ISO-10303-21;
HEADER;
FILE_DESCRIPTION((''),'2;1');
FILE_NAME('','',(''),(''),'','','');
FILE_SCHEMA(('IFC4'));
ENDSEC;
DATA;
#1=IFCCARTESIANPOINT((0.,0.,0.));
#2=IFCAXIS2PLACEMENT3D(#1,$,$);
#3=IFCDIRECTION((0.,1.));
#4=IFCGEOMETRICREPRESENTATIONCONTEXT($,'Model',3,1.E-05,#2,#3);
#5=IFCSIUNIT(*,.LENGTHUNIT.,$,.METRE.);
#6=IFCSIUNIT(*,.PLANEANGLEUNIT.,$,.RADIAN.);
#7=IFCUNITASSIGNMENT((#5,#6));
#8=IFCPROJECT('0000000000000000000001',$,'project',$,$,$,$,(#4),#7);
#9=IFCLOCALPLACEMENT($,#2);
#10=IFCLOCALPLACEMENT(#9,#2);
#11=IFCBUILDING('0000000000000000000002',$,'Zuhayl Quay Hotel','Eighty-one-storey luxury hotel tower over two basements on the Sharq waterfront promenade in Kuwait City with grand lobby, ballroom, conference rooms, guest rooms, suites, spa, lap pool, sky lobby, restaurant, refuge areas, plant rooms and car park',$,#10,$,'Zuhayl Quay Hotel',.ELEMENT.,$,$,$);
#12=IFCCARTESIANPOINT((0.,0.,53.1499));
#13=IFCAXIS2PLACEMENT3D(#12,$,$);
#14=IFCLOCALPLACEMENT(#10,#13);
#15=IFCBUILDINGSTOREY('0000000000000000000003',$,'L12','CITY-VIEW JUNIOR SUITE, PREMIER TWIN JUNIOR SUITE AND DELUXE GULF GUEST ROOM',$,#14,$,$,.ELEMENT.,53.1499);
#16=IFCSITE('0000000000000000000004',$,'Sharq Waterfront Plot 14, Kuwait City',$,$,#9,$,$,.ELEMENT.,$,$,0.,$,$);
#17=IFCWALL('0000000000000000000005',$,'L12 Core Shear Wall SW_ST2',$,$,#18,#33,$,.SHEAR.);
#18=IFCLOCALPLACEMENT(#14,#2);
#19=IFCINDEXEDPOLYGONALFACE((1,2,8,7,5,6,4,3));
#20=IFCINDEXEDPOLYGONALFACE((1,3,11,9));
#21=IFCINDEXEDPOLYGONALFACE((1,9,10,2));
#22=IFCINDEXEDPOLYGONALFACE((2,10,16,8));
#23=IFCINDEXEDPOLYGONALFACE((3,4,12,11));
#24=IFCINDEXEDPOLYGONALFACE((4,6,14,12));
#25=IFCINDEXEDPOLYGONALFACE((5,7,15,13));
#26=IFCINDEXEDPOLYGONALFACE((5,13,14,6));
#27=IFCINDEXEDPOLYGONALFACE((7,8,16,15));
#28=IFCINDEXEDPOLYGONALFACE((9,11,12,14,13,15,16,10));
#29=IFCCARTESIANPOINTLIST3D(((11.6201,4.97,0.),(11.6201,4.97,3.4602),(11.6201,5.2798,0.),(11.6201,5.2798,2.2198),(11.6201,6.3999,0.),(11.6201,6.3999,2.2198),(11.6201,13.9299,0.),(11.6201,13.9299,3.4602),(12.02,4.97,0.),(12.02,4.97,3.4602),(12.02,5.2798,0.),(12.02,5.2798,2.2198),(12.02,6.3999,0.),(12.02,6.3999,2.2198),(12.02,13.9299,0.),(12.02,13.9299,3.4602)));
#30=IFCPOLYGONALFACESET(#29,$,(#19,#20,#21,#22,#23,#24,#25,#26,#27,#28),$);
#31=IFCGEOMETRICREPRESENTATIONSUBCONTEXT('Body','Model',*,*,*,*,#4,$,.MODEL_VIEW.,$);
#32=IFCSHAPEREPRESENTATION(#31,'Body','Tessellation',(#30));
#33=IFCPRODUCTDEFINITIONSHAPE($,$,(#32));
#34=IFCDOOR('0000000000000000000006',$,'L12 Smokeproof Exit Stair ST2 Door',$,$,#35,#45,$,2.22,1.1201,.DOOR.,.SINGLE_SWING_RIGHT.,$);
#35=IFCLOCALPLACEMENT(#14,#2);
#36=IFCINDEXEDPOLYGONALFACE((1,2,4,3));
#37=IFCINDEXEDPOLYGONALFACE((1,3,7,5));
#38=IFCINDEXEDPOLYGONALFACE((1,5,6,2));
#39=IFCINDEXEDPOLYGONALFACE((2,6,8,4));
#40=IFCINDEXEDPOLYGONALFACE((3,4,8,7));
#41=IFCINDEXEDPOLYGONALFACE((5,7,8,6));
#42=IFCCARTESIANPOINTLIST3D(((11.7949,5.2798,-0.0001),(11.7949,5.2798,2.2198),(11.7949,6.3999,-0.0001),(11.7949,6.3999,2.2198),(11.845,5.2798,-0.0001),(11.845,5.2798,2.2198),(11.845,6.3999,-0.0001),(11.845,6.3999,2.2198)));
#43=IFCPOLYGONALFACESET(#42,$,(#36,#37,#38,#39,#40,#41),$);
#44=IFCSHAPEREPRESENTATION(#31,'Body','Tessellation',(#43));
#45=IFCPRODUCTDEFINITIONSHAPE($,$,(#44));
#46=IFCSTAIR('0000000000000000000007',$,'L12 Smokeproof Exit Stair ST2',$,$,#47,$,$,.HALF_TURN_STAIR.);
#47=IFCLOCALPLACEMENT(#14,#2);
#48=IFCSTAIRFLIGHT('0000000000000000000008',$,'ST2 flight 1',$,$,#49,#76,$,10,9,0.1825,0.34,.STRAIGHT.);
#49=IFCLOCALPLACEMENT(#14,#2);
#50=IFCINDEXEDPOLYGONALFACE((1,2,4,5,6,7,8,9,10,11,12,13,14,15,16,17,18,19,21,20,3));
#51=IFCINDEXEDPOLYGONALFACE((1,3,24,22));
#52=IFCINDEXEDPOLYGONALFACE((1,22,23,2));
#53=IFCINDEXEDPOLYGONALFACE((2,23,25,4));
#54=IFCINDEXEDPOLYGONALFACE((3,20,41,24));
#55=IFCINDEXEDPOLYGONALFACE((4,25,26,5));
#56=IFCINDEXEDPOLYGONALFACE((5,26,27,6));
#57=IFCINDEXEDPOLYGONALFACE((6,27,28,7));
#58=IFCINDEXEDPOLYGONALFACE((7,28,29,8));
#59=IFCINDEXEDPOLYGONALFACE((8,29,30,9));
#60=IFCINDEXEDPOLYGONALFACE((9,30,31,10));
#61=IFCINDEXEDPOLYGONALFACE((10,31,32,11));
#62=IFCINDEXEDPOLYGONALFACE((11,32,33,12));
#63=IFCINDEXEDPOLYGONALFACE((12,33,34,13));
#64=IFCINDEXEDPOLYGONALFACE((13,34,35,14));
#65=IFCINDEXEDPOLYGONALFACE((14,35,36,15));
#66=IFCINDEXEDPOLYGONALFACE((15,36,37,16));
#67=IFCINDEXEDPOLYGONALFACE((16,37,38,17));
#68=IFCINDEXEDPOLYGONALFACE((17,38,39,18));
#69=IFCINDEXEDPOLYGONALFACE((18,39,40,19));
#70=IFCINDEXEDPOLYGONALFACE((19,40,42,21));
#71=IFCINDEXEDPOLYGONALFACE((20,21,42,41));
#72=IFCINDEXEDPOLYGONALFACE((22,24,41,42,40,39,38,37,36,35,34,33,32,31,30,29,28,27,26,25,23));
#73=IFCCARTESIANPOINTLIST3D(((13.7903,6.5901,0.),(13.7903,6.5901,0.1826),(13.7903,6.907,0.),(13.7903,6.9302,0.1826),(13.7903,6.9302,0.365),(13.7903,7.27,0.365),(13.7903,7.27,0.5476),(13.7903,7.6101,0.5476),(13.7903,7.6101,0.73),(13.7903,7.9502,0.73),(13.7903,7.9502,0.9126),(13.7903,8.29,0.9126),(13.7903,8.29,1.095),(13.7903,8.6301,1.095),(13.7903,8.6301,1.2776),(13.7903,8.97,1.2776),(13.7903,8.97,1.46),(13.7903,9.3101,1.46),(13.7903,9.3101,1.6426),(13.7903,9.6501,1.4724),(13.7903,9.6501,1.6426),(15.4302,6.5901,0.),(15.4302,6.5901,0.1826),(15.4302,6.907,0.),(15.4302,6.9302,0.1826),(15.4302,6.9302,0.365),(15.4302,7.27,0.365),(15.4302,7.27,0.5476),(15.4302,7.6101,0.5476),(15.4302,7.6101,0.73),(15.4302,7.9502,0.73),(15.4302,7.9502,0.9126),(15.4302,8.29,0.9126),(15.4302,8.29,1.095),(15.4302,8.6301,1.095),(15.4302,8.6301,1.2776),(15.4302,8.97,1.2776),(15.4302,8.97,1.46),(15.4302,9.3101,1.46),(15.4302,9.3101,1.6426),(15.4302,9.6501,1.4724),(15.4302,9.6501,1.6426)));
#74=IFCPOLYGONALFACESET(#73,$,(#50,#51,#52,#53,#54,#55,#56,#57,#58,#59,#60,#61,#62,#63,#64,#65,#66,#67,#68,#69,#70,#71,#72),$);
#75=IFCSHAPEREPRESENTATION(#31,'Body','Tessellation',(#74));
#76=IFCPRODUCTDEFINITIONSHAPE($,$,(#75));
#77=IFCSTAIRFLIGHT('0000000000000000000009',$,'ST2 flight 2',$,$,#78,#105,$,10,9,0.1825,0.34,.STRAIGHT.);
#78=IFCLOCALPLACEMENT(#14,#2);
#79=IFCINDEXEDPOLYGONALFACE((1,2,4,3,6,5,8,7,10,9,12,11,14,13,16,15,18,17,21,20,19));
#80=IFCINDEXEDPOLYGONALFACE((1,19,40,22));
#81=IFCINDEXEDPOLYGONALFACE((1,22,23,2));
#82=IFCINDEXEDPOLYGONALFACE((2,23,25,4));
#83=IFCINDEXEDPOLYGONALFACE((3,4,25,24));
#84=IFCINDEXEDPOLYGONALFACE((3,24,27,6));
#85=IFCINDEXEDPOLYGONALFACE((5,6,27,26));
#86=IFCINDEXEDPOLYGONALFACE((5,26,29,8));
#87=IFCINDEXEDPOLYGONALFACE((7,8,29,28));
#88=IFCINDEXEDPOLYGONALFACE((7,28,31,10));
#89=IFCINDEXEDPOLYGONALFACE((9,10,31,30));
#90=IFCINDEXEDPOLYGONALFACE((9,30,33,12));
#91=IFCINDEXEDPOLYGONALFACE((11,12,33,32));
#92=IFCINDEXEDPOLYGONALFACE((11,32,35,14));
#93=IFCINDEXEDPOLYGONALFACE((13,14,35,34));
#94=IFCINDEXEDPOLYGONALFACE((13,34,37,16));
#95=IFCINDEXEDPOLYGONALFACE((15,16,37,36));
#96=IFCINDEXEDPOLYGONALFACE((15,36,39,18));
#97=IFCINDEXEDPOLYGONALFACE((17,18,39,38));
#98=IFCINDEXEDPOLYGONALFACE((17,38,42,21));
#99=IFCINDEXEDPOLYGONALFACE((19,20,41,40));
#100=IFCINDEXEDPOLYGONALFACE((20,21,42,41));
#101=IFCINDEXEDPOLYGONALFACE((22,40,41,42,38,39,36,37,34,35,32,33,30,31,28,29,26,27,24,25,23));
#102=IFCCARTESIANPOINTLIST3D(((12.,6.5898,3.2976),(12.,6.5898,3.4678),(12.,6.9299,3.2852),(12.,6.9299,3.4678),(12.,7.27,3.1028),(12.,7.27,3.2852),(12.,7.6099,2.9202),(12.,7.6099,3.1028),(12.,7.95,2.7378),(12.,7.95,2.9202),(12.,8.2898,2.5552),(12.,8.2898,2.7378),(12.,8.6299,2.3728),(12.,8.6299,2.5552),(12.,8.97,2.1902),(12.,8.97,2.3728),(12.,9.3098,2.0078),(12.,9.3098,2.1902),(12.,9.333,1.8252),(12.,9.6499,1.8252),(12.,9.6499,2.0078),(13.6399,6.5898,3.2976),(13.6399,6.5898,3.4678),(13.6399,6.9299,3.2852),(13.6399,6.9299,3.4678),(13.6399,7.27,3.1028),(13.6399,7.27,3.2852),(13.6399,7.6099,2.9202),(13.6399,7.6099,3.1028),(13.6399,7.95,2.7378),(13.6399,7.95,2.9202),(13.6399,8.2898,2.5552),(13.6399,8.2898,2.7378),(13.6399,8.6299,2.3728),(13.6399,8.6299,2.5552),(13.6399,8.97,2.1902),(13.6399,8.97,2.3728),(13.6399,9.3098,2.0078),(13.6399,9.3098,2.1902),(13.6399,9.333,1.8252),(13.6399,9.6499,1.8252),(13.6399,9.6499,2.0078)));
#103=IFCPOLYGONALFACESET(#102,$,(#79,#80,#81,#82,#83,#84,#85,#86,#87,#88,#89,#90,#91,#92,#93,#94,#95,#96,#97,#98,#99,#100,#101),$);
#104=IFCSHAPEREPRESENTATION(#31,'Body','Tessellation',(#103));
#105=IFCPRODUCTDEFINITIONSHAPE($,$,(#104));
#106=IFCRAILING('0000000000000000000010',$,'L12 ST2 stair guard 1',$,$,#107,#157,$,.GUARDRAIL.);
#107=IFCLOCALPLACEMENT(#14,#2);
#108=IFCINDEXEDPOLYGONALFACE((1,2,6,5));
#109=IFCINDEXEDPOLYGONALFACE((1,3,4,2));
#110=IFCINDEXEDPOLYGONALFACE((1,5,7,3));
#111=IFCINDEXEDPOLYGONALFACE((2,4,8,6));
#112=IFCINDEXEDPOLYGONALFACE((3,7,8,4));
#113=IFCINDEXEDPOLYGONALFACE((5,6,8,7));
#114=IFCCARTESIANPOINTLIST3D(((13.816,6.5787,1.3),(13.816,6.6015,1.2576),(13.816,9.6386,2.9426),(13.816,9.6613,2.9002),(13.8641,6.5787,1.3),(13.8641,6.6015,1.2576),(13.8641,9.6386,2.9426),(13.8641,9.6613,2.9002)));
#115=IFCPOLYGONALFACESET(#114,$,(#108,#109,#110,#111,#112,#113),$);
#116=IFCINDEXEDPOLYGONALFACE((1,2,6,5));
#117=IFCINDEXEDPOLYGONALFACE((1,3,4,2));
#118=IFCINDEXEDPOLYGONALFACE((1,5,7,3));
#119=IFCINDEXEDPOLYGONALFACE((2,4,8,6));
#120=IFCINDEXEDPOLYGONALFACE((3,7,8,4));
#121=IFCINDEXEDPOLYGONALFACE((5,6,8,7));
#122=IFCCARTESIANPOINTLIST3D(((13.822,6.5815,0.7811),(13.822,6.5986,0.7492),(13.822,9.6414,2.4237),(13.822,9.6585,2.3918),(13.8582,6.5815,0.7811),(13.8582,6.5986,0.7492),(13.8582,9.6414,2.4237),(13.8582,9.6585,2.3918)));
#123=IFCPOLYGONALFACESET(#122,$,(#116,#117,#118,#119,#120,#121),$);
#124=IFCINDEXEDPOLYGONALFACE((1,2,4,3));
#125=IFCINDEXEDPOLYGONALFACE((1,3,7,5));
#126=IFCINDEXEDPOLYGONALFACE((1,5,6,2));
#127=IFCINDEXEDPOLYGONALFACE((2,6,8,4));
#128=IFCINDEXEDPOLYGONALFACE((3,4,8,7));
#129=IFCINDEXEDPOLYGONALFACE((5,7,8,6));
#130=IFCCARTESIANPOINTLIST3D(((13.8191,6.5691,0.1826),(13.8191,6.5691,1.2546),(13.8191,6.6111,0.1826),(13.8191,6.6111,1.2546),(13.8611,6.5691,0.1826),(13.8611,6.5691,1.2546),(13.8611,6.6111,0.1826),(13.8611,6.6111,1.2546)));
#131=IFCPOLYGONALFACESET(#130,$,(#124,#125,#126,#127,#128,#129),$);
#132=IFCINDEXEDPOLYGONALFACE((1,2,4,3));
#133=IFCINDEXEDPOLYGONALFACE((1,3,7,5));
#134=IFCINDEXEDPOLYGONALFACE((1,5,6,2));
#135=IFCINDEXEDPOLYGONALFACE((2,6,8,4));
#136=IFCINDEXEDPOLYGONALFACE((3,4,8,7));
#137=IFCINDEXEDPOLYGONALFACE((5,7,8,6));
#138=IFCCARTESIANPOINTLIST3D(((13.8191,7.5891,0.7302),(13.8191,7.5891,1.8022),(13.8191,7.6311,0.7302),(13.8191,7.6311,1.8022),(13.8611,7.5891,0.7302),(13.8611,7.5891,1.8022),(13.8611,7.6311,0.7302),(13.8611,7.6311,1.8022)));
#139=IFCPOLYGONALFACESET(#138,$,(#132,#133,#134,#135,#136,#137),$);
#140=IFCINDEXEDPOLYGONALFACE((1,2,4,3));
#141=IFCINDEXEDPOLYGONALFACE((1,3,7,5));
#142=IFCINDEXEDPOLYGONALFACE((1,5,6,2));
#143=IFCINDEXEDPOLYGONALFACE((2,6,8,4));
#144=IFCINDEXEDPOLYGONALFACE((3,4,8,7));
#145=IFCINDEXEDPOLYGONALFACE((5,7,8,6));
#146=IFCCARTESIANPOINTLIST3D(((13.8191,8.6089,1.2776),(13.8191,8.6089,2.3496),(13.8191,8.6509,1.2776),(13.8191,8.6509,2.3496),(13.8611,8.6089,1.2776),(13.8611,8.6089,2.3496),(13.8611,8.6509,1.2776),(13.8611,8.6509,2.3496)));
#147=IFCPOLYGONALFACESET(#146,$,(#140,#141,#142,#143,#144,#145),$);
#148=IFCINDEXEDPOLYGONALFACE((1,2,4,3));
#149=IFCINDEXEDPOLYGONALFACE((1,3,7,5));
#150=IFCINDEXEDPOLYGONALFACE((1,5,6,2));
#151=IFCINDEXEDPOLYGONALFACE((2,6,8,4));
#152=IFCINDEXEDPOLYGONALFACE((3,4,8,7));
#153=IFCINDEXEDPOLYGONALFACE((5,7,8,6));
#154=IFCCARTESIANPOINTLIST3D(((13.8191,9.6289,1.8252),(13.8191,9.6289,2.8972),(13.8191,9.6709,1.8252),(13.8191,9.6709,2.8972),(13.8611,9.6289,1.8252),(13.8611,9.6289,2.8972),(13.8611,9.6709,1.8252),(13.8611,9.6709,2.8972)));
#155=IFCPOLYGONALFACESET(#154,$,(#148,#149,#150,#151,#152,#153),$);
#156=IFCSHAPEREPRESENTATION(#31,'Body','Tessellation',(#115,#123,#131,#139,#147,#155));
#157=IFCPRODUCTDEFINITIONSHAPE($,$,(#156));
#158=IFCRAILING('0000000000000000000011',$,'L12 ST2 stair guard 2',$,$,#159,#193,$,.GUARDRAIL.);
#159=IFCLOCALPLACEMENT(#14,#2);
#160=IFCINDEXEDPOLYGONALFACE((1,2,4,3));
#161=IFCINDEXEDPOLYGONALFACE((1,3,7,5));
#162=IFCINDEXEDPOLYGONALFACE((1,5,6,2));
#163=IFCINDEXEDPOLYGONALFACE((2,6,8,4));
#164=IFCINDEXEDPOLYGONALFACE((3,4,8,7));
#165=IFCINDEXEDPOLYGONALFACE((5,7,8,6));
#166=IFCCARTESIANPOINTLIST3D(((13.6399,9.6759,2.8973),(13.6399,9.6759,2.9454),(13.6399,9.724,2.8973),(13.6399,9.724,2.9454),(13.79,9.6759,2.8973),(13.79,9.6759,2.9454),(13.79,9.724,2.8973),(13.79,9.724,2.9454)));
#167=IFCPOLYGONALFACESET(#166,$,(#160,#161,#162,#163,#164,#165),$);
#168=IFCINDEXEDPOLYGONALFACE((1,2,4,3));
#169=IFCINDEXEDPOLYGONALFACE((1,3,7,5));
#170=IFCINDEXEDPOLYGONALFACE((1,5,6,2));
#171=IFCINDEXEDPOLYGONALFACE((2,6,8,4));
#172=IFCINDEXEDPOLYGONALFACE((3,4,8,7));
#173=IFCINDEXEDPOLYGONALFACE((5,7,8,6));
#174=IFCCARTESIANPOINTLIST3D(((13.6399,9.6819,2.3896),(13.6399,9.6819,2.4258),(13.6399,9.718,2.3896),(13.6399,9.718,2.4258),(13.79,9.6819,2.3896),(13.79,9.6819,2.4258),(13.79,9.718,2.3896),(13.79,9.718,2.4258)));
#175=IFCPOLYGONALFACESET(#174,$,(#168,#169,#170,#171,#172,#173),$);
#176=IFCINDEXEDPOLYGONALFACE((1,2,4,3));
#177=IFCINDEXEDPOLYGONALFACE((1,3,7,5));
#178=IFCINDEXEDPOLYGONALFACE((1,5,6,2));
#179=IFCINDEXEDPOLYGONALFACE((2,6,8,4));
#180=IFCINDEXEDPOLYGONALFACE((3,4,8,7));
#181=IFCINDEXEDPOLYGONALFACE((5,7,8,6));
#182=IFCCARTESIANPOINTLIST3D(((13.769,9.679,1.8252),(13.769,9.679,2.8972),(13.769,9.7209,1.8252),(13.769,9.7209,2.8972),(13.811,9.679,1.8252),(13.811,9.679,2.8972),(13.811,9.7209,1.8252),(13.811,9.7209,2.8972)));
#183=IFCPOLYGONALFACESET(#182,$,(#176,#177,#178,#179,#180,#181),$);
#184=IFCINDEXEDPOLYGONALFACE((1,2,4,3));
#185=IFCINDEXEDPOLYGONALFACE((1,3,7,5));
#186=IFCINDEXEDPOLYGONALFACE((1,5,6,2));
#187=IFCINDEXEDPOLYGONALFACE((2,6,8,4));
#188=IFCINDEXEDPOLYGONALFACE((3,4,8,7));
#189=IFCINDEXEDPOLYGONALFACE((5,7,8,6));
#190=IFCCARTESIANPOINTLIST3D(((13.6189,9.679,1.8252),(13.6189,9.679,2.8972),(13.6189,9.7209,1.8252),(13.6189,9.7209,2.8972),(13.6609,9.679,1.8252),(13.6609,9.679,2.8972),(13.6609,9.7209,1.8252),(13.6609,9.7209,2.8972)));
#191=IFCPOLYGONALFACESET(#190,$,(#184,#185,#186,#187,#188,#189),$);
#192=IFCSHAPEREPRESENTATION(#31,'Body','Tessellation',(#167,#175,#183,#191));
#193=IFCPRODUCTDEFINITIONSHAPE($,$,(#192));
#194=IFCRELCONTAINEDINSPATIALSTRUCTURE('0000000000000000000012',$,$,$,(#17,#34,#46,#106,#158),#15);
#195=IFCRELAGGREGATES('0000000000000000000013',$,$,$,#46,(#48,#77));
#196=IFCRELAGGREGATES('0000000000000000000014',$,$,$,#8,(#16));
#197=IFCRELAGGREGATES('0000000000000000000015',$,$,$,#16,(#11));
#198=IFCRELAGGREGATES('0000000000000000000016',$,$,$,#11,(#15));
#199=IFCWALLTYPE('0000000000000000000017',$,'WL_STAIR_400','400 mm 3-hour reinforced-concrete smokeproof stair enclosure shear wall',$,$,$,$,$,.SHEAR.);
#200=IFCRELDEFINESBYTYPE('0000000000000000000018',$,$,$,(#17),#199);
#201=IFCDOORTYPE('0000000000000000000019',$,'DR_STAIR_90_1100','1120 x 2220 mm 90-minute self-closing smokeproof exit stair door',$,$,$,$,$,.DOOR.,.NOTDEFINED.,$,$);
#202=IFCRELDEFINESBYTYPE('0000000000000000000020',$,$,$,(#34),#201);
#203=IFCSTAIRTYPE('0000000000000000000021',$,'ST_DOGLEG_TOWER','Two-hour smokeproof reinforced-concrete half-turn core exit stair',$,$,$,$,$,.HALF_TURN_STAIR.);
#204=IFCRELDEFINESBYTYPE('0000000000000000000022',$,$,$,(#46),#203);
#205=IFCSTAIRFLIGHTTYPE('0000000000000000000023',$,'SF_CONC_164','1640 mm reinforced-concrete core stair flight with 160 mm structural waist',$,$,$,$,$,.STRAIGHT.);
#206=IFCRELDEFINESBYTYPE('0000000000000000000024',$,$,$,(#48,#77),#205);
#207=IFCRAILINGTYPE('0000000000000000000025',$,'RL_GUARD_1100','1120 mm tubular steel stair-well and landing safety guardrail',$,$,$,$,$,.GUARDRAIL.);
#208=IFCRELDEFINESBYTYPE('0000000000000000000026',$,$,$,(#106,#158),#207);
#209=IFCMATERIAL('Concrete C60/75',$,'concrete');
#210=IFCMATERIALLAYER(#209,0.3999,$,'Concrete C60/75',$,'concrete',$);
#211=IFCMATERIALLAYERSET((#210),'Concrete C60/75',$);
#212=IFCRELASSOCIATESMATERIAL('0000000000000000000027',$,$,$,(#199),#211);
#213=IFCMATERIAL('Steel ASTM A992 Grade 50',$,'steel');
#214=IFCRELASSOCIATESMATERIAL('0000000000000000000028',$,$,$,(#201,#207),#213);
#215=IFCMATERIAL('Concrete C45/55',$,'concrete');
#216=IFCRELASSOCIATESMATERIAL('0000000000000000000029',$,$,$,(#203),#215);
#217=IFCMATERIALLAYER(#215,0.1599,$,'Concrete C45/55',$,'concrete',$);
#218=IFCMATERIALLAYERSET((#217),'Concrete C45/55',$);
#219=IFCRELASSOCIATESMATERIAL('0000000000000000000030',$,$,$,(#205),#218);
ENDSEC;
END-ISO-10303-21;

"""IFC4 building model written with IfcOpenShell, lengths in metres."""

from ifc_helpers import new_model, si_unit, direction, frame, frame_2d, origin, origin_2d, place, context, subcontext, project, spatial, polyline, rectangle, outline, extrude, material, layer, layer_set, type_object, element, fill, aggregate, save


model = new_model("IFC4")

# Units and contexts
model_context = context("Model", 3, precision=1e-05, world=origin(), true_north=direction((0.0, 1.0)))
body_context = subcontext(model_context, "Body", "Model", "MODEL_VIEW")
ifc_project = project(units=[si_unit("LENGTHUNIT", "METRE"), si_unit("PLANEANGLEUNIT", "RADIAN")], contexts=[model_context])

# Site, building, storey
site_placement = place(None, origin())
site = spatial("IfcSite", under=ifc_project, at=site_placement, Name="Sharq Waterfront Plot 14, Kuwait City", CompositionType="ELEMENT", RefElevation=0.0)
building_placement = place(site_placement, origin())
building = spatial("IfcBuilding", under=site, at=building_placement, Name="Zuhayl Quay Hotel", Description="Eighty-one-storey luxury hotel tower over two basements on the Sharq waterfront promenade in Kuwait City with grand lobby, ballroom, conference rooms, guest rooms, suites, spa, lap pool, sky lobby, restaurant, refuge areas, plant rooms and car park", LongName="Zuhayl Quay Hotel", CompositionType="ELEMENT")
storey_placement = place(building_placement, frame((0.0, 0.0, 53.1499)))
storey = spatial("IfcBuildingStorey", under=building, at=storey_placement, Name="L12", Description="CITY-VIEW JUNIOR SUITE, PREMIER TWIN JUNIOR SUITE AND DELUXE GULF GUEST ROOM", CompositionType="ELEMENT", Elevation=53.1499)

# Shared definitions
ifc_material_1 = material(Name="Steel ASTM A992 Grade 50", Category="steel")

# Wall, opening, door
ifc_material_2 = material(Name="Concrete C60/75", Category="concrete")
ifc_layer_1 = layer(ifc_material_2, 0.3999, Name="Concrete C60/75", Category="concrete")
ifc_layer_set_1 = layer_set([ifc_layer_1], Name="Concrete C60/75")
wall_type_1 = type_object("IfcWallType", Name="WL_STAIR_400", Description="400 mm 3-hour reinforced-concrete smokeproof stair enclosure shear wall", PredefinedType="SHEAR", material=ifc_layer_set_1)
wall_1_placement = place(storey_placement, frame((11.8201, 13.9299, 0.0), z_axis=(0.0, 0.0, 1.0), x_axis=(0.0, -1.0, 0.0)))
wall_1 = element("IfcWall", 1, at=wall_1_placement, inside=storey, type_object=wall_type_1, Name="L12 Core Shear Wall SW_ST2", PredefinedType="SHEAR", context=body_context, shape_type="SweptSolid", body=[
    extrude(rectangle(XDim=8.96, YDim=0.3999, at=frame_2d((4.48, 0.0))), origin(), (0.0, 0.0, 1.0), 3.4602),
])
opening_1_placement = place(wall_1_placement, frame((7.53, 0.0, 0.0)))
opening_1 = element("IfcOpeningElement", 2, at=opening_1_placement, cuts=wall_1, PredefinedType="OPENING", context=body_context, shape_type="SweptSolid", body=[
    extrude(rectangle(XDim=1.1201, YDim=2.22, at=frame_2d((0.5601, 1.1099))), frame((0.0, 0.21, 0.0), z_axis=(0.0, -1.0, 0.0), x_axis=(1.0, 0.0, 0.0)), (0.0, 0.0, 1.0), 0.4199),
])
door_type_1 = type_object("IfcDoorType", Name="DR_STAIR_90_1100", Description="1120 x 2220 mm 90-minute self-closing smokeproof exit stair door", OperationType="NOTDEFINED", PredefinedType="DOOR", material=ifc_material_1)
door_1_placement = place(opening_1_placement, origin())
door_1 = element("IfcDoor", 3, at=door_1_placement, inside=storey, type_object=door_type_1, Name="L12 Smokeproof Exit Stair ST2 Door", OperationType="SINGLE_SWING_RIGHT", OverallHeight=2.22, OverallWidth=1.1201, PredefinedType="DOOR", context=body_context, shape_type="SweptSolid", body=[
    extrude(rectangle(XDim=1.1201, YDim=2.22, at=frame_2d((0.5601, 1.1099))), frame((0.0, 0.0249, 0.0), z_axis=(0.0, -1.0, 0.0), x_axis=(1.0, 0.0, 0.0)), (0.0, 0.0, 1.0), 0.05),
])
fill(opening_1, door_1)

# Stair, stair flights
ifc_material_3 = material(Name="Concrete C45/55", Category="concrete")
stair_type = type_object("IfcStairType", Name="ST_DOGLEG_TOWER", Description="Two-hour smokeproof reinforced-concrete half-turn core exit stair", PredefinedType="HALF_TURN_STAIR", material=ifc_material_3)
stair_placement = place(storey_placement, origin())
stair = element("IfcStair", 4, at=stair_placement, inside=storey, type_object=stair_type, Name="L12 Smokeproof Exit Stair ST2", PredefinedType="HALF_TURN_STAIR")
ifc_layer_2 = layer(ifc_material_3, 0.1599, Name="Concrete C45/55", Category="concrete")
ifc_layer_set_2 = layer_set([ifc_layer_2], Name="Concrete C45/55")
stair_flight_type = type_object("IfcStairFlightType", Name="SF_CONC_164", Description="1640 mm reinforced-concrete core stair flight with 160 mm structural waist", PredefinedType="STRAIGHT", material=ifc_layer_set_2)
stair_flight_1_placement = place(storey_placement, frame((14.6101, 6.5901, 0.0), z_axis=(0.0, 0.0, 1.0), x_axis=(0.0, 1.0, 0.0)))
stair_flight_1 = element("IfcStairFlight", 5, at=stair_flight_1_placement, type_object=stair_flight_type, Name="ST2 flight 1", NumberOfRisers=10, NumberOfTreads=9, PredefinedType="STRAIGHT", RiserHeight=0.1825, TreadLength=0.34, context=body_context, shape_type="SweptSolid", body=[
    extrude(outline(polyline([(0.0, 0.0), (0.0, 0.1826), (0.3401, 0.1826), (0.3401, 0.365), (0.6799, 0.365), (0.6799, 0.5476), (1.02, 0.5476), (1.02, 0.73), (1.3601, 0.73), (1.3601, 0.9126), (1.7, 0.9126), (1.7, 1.095), (2.04, 1.095), (2.04, 1.2776), (2.3799, 1.2776), (2.3799, 1.46), (2.72, 1.46), (2.72, 1.6426), (3.0601, 1.6426), (3.0601, 1.825), (3.0601, 1.4724), (0.3169, 0.0), (0.0, 0.0)])), frame((0.0, 0.8198, 0.0), z_axis=(0.0, -1.0, 0.0), x_axis=(1.0, 0.0, 0.0)), (0.0, 0.0, 1.0), 1.6399),
])
stair_flight_2_placement = place(storey_placement, frame((12.8201, 9.6499, 1.8252), z_axis=(0.0, 0.0, 1.0), x_axis=(0.0, -1.0, 0.0)))
stair_flight_2 = element("IfcStairFlight", 6, at=stair_flight_2_placement, type_object=stair_flight_type, Name="ST2 flight 2", NumberOfRisers=10, NumberOfTreads=9, PredefinedType="STRAIGHT", RiserHeight=0.1825, TreadLength=0.34, context=body_context, shape_type="SweptSolid", body=[
    extrude(outline(polyline([(0.0, 0.0), (0.0, 0.1826), (0.3401, 0.1826), (0.3401, 0.365), (0.6799, 0.365), (0.6799, 0.5476), (1.02, 0.5476), (1.02, 0.73), (1.3601, 0.73), (1.3601, 0.9126), (1.7, 0.9126), (1.7, 1.095), (2.04, 1.095), (2.04, 1.2776), (2.3799, 1.2776), (2.3799, 1.46), (2.72, 1.46), (2.72, 1.6426), (3.0601, 1.6426), (3.0601, 1.825), (3.0601, 1.4724), (0.3169, 0.0), (0.0, 0.0)])), frame((0.0, 0.8198, 0.0), z_axis=(0.0, -1.0, 0.0), x_axis=(1.0, 0.0, 0.0)), (0.0, 0.0, 1.0), 1.6399),
])
aggregate(stair, [stair_flight_1, stair_flight_2])

# Railings
railing_type_1 = type_object("IfcRailingType", Name="RL_GUARD_1100", Description="1120 mm tubular steel stair-well and landing safety guardrail", PredefinedType="GUARDRAIL", material=ifc_material_1)
railing_1_placement = place(storey_placement, frame((13.8401, 6.5901, 0.1826)))
element("IfcRailing", 7, at=railing_1_placement, inside=storey, type_object=railing_type_1, Name="L12 ST2 stair guard 1", PredefinedType="GUARDRAIL", context=body_context, shape_type="SweptSolid", body=[
    extrude(rectangle(XDim=0.0481, YDim=0.0481, at=origin_2d()), frame((0.0, 0.0, 1.0962), z_axis=(0.0, 0.881073, 0.47298), x_axis=(-1.0, 0.0, 0.0)), (0.0, 0.0, 1.0), 3.4729),
    extrude(rectangle(XDim=0.0361, YDim=0.0361, at=origin_2d()), frame((0.0, 0.0, 0.5825), z_axis=(0.0, 0.881073, 0.47298), x_axis=(-1.0, 0.0, 0.0)), (0.0, 0.0, 1.0), 3.4729),
    extrude(rectangle(XDim=0.042, YDim=0.042, at=origin_2d()), origin(), (0.0, 0.0, 1.0), 1.072),
    extrude(rectangle(XDim=0.042, YDim=0.042, at=origin_2d()), frame((0.0, 1.02, 0.5476)), (0.0, 0.0, 1.0), 1.072),
    extrude(rectangle(XDim=0.042, YDim=0.042, at=origin_2d()), frame((0.0, 2.0398, 1.095)), (0.0, 0.0, 1.0), 1.072),
    extrude(rectangle(XDim=0.042, YDim=0.042, at=origin_2d()), frame((0.0, 3.0598, 1.6426)), (0.0, 0.0, 1.0), 1.072),
])
railing_2_placement = place(storey_placement, frame((13.79, 9.7, 1.8252)))
element("IfcRailing", 8, at=railing_2_placement, inside=storey, type_object=railing_type_1, Name="L12 ST2 stair guard 2", PredefinedType="GUARDRAIL", context=body_context, shape_type="SweptSolid", body=[
    extrude(rectangle(XDim=0.0481, YDim=0.0481, at=origin_2d()), frame((0.0, 0.0, 1.0962), z_axis=(-1.0, 0.0, 0.0), x_axis=(0.0, -1.0, 0.0)), (0.0, 0.0, 1.0), 0.1501),
    extrude(rectangle(XDim=0.0361, YDim=0.0361, at=origin_2d()), frame((0.0, 0.0, 0.5825), z_axis=(-1.0, 0.0, 0.0), x_axis=(0.0, -1.0, 0.0)), (0.0, 0.0, 1.0), 0.1501),
    extrude(rectangle(XDim=0.042, YDim=0.042, at=origin_2d()), origin(), (0.0, 0.0, 1.0), 1.072),
    extrude(rectangle(XDim=0.042, YDim=0.042, at=origin_2d()), frame((-0.1501, 0.0, 0.0)), (0.0, 0.0, 1.0), 1.072),
])

save(model, "model.ifc")
